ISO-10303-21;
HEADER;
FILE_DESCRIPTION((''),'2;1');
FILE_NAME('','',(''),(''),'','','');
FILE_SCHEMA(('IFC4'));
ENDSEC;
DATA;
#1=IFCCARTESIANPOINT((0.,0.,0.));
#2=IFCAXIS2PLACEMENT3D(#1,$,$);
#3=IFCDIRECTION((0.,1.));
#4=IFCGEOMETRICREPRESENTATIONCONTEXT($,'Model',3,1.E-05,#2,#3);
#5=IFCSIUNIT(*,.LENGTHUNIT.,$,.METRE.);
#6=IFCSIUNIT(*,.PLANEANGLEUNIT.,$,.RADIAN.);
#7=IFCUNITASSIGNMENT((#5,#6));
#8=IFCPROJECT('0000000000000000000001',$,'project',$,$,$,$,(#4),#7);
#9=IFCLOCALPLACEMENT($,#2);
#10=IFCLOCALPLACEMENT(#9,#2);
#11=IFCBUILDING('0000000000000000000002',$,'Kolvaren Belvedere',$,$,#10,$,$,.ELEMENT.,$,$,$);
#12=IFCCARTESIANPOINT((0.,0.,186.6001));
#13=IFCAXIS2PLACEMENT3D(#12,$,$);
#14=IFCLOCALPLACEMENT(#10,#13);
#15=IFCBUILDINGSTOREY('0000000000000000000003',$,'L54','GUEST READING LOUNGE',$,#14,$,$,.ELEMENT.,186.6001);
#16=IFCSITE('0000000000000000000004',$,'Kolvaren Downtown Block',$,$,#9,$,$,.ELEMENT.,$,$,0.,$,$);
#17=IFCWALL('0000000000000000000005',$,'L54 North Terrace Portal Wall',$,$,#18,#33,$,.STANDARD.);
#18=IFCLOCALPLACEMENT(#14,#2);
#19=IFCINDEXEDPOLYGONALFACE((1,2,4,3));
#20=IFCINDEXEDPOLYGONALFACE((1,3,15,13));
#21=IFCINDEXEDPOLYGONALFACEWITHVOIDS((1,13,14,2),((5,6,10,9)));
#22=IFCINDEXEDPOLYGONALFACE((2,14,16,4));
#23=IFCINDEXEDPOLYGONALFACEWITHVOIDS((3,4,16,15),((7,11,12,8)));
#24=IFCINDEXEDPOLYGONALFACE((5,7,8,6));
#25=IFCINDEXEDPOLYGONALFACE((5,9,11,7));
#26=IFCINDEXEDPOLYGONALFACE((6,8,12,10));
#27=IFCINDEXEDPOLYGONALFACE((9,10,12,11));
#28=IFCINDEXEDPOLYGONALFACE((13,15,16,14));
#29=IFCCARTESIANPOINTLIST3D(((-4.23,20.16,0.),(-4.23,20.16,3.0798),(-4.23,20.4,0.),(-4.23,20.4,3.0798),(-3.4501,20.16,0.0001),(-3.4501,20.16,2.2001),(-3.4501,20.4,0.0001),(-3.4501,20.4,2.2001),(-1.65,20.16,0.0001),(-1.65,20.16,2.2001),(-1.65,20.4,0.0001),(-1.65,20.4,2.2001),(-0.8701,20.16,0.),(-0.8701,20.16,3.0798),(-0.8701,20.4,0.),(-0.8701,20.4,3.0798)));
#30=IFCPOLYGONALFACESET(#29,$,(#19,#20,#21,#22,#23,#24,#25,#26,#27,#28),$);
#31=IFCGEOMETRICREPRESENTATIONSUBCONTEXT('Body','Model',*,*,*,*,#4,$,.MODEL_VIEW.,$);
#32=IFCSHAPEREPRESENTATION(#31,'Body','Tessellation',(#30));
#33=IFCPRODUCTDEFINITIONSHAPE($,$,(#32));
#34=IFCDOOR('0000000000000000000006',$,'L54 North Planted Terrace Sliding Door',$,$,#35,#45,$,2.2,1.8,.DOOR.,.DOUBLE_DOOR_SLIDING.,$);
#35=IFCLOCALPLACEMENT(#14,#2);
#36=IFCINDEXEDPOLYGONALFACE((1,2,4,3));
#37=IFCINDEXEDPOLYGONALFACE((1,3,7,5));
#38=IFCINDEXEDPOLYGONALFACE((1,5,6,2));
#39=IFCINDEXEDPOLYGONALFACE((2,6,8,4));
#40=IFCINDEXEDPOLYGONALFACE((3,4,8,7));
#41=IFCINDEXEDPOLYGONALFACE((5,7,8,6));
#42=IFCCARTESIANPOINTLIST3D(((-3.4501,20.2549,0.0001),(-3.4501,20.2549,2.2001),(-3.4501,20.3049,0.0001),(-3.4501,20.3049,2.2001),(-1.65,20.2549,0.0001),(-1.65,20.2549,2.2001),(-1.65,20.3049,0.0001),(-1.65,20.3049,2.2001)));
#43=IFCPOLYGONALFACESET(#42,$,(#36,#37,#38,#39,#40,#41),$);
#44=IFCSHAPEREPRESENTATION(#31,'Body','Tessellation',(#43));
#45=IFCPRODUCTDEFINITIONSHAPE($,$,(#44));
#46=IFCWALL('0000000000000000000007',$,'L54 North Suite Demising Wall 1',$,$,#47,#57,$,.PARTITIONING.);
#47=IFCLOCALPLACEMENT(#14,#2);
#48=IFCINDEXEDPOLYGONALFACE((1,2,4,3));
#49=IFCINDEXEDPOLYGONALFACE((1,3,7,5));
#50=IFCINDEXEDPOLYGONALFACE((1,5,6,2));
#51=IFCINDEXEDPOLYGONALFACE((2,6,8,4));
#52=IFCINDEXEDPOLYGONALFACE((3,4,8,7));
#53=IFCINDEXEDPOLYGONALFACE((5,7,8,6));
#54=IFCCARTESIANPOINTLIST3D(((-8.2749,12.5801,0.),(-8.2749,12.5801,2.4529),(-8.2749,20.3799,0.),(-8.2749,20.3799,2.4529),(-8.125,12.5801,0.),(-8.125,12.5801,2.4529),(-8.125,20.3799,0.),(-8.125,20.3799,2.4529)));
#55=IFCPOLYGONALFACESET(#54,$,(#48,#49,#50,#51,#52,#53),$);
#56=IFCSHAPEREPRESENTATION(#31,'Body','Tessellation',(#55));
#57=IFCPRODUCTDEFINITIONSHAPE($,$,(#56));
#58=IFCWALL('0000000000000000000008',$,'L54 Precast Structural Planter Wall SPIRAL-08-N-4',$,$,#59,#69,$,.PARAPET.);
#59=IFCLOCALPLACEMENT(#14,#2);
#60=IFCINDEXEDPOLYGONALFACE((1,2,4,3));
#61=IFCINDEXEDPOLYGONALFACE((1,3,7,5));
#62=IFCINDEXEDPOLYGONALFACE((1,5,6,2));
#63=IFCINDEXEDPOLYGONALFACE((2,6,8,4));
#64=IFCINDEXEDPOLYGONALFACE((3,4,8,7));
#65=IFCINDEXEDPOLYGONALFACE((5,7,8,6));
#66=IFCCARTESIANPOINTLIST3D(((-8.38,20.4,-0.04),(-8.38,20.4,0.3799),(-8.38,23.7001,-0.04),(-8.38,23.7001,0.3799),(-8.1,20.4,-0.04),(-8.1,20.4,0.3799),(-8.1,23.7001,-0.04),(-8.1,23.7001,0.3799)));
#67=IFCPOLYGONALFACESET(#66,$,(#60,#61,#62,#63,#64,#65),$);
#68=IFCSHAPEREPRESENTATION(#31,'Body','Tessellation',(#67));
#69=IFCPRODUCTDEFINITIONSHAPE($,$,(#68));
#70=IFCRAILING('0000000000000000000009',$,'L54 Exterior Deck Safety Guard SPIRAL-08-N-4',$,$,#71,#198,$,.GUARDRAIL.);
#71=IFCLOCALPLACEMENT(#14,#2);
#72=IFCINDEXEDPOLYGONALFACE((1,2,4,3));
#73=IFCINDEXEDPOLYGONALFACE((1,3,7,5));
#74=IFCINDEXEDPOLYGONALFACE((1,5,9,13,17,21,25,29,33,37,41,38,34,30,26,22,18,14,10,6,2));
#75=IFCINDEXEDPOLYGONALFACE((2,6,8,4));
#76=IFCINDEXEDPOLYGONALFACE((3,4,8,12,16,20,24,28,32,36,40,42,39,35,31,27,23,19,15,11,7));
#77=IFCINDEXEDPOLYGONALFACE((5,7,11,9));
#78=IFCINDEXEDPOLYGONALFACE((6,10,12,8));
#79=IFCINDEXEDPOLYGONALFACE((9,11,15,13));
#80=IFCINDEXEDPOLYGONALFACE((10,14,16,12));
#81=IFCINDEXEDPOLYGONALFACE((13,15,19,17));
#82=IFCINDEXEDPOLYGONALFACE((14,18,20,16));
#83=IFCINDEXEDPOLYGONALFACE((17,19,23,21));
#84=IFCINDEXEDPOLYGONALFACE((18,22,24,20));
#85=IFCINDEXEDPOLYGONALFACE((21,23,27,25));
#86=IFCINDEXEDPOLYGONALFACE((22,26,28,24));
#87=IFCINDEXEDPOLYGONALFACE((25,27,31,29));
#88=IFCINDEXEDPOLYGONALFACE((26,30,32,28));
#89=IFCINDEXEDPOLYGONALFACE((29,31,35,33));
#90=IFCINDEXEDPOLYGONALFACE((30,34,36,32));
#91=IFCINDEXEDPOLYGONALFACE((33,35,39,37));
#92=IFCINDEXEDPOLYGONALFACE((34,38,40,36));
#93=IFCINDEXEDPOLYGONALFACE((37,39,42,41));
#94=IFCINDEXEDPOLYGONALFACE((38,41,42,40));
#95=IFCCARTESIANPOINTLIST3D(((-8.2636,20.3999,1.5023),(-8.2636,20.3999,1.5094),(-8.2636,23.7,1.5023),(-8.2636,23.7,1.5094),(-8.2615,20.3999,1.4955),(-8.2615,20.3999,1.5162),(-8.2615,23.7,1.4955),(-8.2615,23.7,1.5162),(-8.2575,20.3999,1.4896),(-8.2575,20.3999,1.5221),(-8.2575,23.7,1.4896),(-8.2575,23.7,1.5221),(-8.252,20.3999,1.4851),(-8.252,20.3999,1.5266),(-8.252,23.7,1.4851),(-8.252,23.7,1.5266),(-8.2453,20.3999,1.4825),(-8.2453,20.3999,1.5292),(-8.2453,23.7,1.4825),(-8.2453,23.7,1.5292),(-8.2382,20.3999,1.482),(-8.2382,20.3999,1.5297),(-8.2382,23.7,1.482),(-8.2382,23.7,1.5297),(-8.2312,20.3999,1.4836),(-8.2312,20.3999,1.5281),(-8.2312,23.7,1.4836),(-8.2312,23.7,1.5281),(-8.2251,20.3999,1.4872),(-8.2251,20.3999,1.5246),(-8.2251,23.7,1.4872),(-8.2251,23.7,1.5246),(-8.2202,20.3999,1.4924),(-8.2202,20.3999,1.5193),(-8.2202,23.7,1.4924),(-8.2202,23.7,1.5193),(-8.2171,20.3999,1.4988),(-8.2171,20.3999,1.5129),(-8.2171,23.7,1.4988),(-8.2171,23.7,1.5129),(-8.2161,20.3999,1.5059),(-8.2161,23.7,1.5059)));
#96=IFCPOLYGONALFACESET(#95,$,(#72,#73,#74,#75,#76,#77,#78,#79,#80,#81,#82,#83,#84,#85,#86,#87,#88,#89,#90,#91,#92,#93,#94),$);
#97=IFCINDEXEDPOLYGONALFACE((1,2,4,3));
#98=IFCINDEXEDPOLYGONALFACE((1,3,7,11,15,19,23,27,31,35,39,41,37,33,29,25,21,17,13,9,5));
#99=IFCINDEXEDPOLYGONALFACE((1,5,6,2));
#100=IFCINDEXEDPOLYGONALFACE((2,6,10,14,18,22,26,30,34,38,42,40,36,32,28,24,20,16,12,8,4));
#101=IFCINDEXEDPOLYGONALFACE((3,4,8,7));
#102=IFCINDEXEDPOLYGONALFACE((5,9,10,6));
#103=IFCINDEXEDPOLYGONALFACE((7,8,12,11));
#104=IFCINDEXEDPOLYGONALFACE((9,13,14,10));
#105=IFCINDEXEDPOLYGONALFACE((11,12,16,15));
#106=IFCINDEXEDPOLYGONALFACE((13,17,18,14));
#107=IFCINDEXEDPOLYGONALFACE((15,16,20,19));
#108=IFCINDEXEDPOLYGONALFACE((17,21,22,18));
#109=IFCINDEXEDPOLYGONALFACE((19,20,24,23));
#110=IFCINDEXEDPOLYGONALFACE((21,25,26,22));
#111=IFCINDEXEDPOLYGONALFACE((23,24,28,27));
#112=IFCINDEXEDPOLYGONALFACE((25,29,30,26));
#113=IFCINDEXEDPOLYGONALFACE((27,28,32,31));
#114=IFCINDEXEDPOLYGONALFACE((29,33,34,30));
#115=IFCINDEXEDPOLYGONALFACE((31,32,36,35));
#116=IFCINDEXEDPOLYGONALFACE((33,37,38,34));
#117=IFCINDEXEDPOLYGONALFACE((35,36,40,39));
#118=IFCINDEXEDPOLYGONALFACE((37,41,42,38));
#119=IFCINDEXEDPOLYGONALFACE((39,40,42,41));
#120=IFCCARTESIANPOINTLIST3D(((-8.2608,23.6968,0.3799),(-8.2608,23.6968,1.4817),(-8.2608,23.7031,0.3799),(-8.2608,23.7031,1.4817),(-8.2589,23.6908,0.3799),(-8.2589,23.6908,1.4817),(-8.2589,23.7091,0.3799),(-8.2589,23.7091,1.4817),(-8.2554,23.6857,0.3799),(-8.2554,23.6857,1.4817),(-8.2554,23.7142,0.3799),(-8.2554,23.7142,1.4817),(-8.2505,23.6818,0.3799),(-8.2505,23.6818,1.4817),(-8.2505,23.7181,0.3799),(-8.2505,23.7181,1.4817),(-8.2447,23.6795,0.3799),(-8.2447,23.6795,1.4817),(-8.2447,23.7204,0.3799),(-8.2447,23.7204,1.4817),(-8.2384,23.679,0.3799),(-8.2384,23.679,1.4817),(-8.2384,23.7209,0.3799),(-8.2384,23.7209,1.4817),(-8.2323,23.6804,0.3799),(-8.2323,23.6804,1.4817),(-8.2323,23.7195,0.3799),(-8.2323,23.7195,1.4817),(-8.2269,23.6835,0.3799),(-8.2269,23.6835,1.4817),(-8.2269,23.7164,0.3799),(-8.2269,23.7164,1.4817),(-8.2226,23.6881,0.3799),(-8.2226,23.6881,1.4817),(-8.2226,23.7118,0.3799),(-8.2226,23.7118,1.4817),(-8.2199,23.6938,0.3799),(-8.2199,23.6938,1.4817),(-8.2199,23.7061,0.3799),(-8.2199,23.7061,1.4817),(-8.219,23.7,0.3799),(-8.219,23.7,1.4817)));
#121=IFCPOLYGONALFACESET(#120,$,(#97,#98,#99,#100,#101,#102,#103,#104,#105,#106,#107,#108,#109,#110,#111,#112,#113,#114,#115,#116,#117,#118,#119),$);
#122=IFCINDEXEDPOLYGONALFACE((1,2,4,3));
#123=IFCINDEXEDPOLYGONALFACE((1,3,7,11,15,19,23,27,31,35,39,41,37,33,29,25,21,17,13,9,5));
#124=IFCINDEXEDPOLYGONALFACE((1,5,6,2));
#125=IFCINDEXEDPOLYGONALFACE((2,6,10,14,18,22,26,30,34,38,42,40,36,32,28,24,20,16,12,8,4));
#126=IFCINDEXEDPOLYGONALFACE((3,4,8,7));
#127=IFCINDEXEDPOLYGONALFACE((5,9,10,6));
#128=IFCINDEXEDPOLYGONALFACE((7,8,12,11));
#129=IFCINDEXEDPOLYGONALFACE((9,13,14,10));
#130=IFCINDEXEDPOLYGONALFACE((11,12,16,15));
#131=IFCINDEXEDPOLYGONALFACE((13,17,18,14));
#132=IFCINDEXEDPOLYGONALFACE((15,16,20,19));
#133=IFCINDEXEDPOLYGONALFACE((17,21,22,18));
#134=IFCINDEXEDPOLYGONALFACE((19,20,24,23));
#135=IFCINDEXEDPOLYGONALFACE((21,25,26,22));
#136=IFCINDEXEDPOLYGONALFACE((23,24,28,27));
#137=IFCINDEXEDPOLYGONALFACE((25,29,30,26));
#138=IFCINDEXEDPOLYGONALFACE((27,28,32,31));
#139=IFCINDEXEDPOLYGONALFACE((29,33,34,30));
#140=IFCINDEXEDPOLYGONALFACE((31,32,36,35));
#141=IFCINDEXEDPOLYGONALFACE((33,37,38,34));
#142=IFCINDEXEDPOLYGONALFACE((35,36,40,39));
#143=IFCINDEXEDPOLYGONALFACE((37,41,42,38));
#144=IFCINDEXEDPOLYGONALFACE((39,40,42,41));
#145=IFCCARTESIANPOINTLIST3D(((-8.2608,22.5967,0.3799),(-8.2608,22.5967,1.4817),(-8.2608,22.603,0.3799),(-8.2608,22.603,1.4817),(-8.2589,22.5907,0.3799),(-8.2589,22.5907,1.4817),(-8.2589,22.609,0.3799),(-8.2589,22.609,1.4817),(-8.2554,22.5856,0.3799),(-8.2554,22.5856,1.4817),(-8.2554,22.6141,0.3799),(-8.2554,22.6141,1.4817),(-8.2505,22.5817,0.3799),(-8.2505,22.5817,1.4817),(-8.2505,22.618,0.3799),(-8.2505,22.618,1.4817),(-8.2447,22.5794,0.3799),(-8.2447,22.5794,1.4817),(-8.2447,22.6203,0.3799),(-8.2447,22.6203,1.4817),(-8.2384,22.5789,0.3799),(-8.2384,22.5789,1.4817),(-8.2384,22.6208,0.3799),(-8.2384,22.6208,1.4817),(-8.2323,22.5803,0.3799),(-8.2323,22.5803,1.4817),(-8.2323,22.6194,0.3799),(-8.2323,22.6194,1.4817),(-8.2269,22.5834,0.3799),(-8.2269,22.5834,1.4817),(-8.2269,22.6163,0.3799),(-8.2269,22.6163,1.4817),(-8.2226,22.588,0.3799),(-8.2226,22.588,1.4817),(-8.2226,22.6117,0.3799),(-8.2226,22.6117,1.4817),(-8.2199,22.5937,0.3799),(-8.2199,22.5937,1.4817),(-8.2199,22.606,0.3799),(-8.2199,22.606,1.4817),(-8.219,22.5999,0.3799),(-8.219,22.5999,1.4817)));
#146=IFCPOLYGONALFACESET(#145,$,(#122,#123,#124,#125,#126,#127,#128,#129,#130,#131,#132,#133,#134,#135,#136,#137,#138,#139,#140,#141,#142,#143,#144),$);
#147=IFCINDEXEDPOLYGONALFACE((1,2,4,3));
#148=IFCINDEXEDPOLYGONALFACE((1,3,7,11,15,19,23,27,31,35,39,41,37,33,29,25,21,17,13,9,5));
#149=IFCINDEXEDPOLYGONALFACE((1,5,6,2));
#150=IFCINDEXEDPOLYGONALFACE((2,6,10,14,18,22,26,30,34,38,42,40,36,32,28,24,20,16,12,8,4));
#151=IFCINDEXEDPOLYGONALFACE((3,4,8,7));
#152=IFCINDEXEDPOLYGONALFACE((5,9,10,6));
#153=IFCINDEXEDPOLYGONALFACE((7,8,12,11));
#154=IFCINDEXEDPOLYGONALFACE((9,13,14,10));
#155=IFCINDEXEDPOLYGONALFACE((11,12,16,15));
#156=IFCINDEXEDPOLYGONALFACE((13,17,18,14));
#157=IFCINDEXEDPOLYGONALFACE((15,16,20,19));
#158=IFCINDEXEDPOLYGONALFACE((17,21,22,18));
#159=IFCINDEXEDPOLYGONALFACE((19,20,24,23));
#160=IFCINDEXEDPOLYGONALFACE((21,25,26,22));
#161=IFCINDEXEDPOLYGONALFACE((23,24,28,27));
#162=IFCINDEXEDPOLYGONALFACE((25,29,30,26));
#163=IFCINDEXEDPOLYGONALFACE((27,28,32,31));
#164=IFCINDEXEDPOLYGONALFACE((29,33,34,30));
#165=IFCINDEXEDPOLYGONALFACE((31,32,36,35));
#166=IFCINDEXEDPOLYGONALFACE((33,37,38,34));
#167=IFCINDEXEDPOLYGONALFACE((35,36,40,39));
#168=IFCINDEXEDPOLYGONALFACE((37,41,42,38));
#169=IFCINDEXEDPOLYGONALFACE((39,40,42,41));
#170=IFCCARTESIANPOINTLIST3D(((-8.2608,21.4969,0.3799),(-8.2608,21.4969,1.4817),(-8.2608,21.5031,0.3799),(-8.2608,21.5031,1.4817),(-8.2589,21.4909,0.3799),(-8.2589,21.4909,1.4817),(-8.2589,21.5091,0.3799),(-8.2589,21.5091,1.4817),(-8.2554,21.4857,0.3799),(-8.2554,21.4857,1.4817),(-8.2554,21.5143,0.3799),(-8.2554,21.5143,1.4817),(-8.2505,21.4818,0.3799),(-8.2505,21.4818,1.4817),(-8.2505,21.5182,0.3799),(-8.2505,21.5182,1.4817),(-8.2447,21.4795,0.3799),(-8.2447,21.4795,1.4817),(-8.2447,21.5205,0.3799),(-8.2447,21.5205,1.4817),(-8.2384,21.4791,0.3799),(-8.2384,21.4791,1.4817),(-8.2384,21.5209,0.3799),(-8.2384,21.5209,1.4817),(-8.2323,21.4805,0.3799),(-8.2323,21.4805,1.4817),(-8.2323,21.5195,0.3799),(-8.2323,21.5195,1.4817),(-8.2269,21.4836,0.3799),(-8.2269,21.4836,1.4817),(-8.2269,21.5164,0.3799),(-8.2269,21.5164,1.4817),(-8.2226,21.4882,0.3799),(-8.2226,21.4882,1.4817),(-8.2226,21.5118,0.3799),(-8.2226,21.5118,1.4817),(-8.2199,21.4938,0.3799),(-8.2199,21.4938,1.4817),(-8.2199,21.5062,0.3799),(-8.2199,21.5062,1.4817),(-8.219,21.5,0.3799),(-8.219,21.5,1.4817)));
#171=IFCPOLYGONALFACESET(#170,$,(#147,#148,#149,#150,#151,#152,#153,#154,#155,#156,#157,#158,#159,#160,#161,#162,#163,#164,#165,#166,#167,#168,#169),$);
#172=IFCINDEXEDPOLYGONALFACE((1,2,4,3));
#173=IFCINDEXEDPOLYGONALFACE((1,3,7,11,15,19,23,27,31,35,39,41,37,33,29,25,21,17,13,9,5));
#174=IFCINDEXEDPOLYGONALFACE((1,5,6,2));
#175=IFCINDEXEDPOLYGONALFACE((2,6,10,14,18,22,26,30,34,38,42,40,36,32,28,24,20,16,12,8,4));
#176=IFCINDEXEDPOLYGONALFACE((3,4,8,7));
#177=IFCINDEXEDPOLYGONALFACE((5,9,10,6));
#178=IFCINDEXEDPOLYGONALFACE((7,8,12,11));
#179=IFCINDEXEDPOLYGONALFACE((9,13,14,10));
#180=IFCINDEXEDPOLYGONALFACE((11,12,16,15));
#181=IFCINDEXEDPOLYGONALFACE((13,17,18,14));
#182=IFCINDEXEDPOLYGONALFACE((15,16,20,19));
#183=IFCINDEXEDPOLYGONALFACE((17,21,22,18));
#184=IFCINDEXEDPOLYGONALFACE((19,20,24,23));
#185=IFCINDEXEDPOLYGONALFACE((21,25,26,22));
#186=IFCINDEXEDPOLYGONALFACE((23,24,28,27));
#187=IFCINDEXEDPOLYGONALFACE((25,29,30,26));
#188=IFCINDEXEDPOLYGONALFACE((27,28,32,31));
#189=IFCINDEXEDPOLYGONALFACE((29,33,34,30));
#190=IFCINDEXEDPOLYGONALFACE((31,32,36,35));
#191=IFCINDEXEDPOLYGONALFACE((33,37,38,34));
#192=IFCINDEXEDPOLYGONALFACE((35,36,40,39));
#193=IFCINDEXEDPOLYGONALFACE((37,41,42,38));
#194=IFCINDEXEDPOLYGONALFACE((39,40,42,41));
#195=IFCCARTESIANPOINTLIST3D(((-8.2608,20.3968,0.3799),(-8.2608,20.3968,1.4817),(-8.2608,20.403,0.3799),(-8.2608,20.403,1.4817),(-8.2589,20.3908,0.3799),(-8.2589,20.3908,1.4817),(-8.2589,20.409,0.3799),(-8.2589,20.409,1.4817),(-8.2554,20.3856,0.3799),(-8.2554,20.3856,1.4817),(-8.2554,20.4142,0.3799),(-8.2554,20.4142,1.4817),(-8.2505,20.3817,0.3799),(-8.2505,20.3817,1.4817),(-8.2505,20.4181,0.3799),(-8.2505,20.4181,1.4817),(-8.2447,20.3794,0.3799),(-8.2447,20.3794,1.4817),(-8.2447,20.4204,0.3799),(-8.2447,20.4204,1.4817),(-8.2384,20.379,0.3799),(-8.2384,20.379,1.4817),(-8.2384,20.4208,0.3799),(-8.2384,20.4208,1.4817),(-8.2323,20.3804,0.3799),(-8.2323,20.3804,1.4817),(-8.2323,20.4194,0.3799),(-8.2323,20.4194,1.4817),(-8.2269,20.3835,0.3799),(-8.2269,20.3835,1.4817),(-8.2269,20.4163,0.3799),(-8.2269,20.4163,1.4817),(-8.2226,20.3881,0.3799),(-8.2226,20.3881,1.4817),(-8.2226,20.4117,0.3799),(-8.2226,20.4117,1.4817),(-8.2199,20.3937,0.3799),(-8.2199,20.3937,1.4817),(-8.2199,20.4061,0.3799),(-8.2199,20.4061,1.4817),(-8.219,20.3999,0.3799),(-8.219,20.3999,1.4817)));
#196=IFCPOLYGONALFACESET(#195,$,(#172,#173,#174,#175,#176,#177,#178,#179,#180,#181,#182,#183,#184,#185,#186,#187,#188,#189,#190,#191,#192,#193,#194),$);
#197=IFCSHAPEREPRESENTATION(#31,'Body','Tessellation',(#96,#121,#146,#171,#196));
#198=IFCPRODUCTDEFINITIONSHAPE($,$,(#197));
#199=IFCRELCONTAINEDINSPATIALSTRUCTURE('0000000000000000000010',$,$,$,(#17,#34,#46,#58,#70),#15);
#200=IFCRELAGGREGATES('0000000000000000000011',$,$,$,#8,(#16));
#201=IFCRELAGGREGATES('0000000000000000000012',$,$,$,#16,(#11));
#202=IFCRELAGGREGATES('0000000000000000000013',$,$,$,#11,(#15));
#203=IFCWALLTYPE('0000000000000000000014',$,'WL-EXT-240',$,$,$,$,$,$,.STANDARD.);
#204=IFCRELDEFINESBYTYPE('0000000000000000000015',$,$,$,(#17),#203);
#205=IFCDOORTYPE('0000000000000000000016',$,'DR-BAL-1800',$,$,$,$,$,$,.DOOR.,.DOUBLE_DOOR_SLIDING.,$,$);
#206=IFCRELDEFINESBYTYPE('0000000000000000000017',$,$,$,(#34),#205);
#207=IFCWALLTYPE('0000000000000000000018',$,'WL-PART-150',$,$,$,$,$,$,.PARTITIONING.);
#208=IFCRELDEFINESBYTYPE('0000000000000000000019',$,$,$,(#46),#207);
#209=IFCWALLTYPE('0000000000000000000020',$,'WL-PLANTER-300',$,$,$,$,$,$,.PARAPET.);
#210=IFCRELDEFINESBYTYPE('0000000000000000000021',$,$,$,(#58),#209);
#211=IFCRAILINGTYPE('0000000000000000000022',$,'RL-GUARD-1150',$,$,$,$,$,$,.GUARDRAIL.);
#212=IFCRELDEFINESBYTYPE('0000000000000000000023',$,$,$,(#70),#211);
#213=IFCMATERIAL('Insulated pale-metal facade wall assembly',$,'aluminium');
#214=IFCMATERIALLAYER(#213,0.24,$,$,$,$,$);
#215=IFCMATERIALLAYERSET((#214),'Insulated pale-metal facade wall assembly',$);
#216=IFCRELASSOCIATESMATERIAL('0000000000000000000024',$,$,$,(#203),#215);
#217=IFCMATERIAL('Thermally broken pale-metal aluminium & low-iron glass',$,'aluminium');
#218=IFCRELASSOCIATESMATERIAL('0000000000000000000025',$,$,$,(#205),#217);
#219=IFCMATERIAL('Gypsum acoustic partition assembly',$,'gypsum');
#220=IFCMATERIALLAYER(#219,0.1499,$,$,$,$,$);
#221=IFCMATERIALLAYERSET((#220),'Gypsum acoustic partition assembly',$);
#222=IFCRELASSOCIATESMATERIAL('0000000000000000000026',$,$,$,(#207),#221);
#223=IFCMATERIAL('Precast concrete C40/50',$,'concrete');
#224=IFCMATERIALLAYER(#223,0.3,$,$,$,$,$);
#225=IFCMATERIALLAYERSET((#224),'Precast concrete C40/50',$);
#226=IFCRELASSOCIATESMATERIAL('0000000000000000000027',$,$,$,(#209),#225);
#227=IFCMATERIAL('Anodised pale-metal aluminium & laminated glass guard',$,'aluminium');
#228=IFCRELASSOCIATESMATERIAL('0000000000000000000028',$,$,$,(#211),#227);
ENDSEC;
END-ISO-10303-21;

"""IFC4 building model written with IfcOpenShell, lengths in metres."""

from ifc_helpers import new_model, si_unit, direction, frame, frame_2d, origin, origin_2d, place, context, subcontext, project, spatial, rectangle, circle, extrude, material, layer, layer_set, type_object, element, fill, save


model = new_model("IFC4")

# Units and contexts
model_context = context("Model", 3, precision=1e-05, world=origin(), true_north=direction((0.0, 1.0)))
body_context = subcontext(model_context, "Body", "Model", "MODEL_VIEW")
ifc_project = project(units=[si_unit("LENGTHUNIT", "METRE"), si_unit("PLANEANGLEUNIT", "RADIAN")], contexts=[model_context])

# Site, building, storey
site_placement = place(None, origin())
site = spatial("IfcSite", under=ifc_project, at=site_placement, Name="Kolvaren Downtown Block", CompositionType="ELEMENT", RefElevation=0.0)
building_placement = place(site_placement, origin())
building = spatial("IfcBuilding", under=site, at=building_placement, Name="Kolvaren Belvedere", CompositionType="ELEMENT")
storey_placement = place(building_placement, frame((0.0, 0.0, 186.6001)))
storey = spatial("IfcBuildingStorey", under=building, at=storey_placement, Name="L54", Description="GUEST READING LOUNGE", CompositionType="ELEMENT", Elevation=186.6001)

# Wall, opening, door
ifc_material_1 = material(Name="Insulated pale-metal facade wall assembly", Category="aluminium")
ifc_layer_1 = layer(ifc_material_1, 0.24)
ifc_layer_set_1 = layer_set([ifc_layer_1], Name="Insulated pale-metal facade wall assembly")
wall_type_1 = type_object("IfcWallType", Name="WL-EXT-240", PredefinedType="STANDARD", material=ifc_layer_set_1)
wall_1_placement = place(storey_placement, frame((-4.23, 20.28, 0.0), z_axis=(0.0, 0.0, 1.0), x_axis=(1.0, 0.0, 0.0)))
wall_1 = element("IfcWall", 1, at=wall_1_placement, inside=storey, type_object=wall_type_1, Name="L54 North Terrace Portal Wall", PredefinedType="STANDARD", context=body_context, shape_type="SweptSolid", body=[
    extrude(rectangle(XDim=3.3599, YDim=0.24, at=frame_2d((1.6799, 0.0))), origin(), (0.0, 0.0, 1.0), 3.0798),
])
opening_1_placement = place(wall_1_placement, frame((0.78, 0.0, 0.0)))
opening_1 = element("IfcOpeningElement", 2, at=opening_1_placement, cuts=wall_1, PredefinedType="OPENING", context=body_context, shape_type="SweptSolid", body=[
    extrude(rectangle(XDim=1.8, YDim=2.2, at=frame_2d((0.8999, 1.1001))), frame((0.0, 0.1299, 0.0), z_axis=(0.0, -1.0, 0.0), x_axis=(1.0, 0.0, 0.0)), (0.0, 0.0, 1.0), 0.26),
])
ifc_material_2 = material(Name="Thermally broken pale-metal aluminium & low-iron glass", Category="aluminium")
door_type_1 = type_object("IfcDoorType", Name="DR-BAL-1800", OperationType="DOUBLE_DOOR_SLIDING", PredefinedType="DOOR", material=ifc_material_2)
door_1_placement = place(opening_1_placement, origin())
door_1 = element("IfcDoor", 3, at=door_1_placement, inside=storey, type_object=door_type_1, Name="L54 North Planted Terrace Sliding Door", OperationType="DOUBLE_DOOR_SLIDING", OverallHeight=2.2, OverallWidth=1.8, PredefinedType="DOOR", context=body_context, shape_type="SweptSolid", body=[
    extrude(rectangle(XDim=1.8, YDim=2.2, at=frame_2d((0.8999, 1.1001))), frame((0.0, 0.0249, 0.0), z_axis=(0.0, -1.0, 0.0), x_axis=(1.0, 0.0, 0.0)), (0.0, 0.0, 1.0), 0.05),
])
fill(opening_1, door_1)

# Walls
ifc_material_3 = material(Name="Gypsum acoustic partition assembly", Category="gypsum")
ifc_layer_2 = layer(ifc_material_3, 0.1499)
ifc_layer_set_2 = layer_set([ifc_layer_2], Name="Gypsum acoustic partition assembly")
wall_type_2 = type_object("IfcWallType", Name="WL-PART-150", PredefinedType="PARTITIONING", material=ifc_layer_set_2)
wall_2_placement = place(storey_placement, frame((-8.2, 12.5801, 0.0), z_axis=(0.0, 0.0, 1.0), x_axis=(0.0, 1.0, 0.0)))
element("IfcWall", 4, at=wall_2_placement, inside=storey, type_object=wall_type_2, Name="L54 North Suite Demising Wall 1", PredefinedType="PARTITIONING", context=body_context, shape_type="SweptSolid", body=[
    extrude(rectangle(XDim=7.7998, YDim=0.1499, at=frame_2d((3.8999, 0.0))), origin(), (0.0, 0.0, 1.0), 2.4529),
])
ifc_material_4 = material(Name="Precast concrete C40/50", Category="concrete")
ifc_layer_3 = layer(ifc_material_4, 0.3)
ifc_layer_set_3 = layer_set([ifc_layer_3], Name="Precast concrete C40/50")
wall_type_3 = type_object("IfcWallType", Name="WL-PLANTER-300", PredefinedType="PARAPET", material=ifc_layer_set_3)
wall_3_placement = place(storey_placement, frame((-8.24, 23.7, -0.04), z_axis=(0.0, 0.0, 1.0), x_axis=(0.0, -1.0, 0.0)))
element("IfcWall", 5, at=wall_3_placement, inside=storey, type_object=wall_type_3, Name="L54 Precast Structural Planter Wall SPIRAL-08-N-4", PredefinedType="PARAPET", context=body_context, shape_type="SweptSolid", body=[
    extrude(rectangle(XDim=3.3, YDim=0.28, at=frame_2d((1.6499, 0.0))), origin(), (0.0, 0.0, 1.0), 0.4199),
])

# Railing
ifc_material_5 = material(Name="Anodised pale-metal aluminium & laminated glass guard", Category="aluminium")
railing_type = type_object("IfcRailingType", Name="RL-GUARD-1150", PredefinedType="GUARDRAIL", material=ifc_material_5)
railing_placement = place(storey_placement, frame((-8.24, 23.7, 0.3799)))
element("IfcRailing", 6, at=railing_placement, inside=storey, type_object=railing_type, Name="L54 Exterior Deck Safety Guard SPIRAL-08-N-4", PredefinedType="GUARDRAIL", context=body_context, shape_type="SweptSolid", body=[
    extrude(circle(Radius=0.0239, at=origin_2d()), frame((0.0, 0.0, 1.126), z_axis=(0.0, -1.0, 0.0), x_axis=(1.0, 0.0, 0.0)), (0.0, 0.0, 1.0), 3.3),
    extrude(circle(Radius=0.021, at=origin_2d()), origin(), (0.0, 0.0, 1.0), 1.1018),
    extrude(circle(Radius=0.021, at=origin_2d()), frame((0.0, -1.1001, 0.0)), (0.0, 0.0, 1.0), 1.1018),
    extrude(circle(Radius=0.021, at=origin_2d()), frame((0.0, -2.2, 0.0)), (0.0, 0.0, 1.0), 1.1018),
    extrude(circle(Radius=0.021, at=origin_2d()), frame((0.0, -3.3, 0.0)), (0.0, 0.0, 1.0), 1.1018),
])

save(model, "model.ifc")
